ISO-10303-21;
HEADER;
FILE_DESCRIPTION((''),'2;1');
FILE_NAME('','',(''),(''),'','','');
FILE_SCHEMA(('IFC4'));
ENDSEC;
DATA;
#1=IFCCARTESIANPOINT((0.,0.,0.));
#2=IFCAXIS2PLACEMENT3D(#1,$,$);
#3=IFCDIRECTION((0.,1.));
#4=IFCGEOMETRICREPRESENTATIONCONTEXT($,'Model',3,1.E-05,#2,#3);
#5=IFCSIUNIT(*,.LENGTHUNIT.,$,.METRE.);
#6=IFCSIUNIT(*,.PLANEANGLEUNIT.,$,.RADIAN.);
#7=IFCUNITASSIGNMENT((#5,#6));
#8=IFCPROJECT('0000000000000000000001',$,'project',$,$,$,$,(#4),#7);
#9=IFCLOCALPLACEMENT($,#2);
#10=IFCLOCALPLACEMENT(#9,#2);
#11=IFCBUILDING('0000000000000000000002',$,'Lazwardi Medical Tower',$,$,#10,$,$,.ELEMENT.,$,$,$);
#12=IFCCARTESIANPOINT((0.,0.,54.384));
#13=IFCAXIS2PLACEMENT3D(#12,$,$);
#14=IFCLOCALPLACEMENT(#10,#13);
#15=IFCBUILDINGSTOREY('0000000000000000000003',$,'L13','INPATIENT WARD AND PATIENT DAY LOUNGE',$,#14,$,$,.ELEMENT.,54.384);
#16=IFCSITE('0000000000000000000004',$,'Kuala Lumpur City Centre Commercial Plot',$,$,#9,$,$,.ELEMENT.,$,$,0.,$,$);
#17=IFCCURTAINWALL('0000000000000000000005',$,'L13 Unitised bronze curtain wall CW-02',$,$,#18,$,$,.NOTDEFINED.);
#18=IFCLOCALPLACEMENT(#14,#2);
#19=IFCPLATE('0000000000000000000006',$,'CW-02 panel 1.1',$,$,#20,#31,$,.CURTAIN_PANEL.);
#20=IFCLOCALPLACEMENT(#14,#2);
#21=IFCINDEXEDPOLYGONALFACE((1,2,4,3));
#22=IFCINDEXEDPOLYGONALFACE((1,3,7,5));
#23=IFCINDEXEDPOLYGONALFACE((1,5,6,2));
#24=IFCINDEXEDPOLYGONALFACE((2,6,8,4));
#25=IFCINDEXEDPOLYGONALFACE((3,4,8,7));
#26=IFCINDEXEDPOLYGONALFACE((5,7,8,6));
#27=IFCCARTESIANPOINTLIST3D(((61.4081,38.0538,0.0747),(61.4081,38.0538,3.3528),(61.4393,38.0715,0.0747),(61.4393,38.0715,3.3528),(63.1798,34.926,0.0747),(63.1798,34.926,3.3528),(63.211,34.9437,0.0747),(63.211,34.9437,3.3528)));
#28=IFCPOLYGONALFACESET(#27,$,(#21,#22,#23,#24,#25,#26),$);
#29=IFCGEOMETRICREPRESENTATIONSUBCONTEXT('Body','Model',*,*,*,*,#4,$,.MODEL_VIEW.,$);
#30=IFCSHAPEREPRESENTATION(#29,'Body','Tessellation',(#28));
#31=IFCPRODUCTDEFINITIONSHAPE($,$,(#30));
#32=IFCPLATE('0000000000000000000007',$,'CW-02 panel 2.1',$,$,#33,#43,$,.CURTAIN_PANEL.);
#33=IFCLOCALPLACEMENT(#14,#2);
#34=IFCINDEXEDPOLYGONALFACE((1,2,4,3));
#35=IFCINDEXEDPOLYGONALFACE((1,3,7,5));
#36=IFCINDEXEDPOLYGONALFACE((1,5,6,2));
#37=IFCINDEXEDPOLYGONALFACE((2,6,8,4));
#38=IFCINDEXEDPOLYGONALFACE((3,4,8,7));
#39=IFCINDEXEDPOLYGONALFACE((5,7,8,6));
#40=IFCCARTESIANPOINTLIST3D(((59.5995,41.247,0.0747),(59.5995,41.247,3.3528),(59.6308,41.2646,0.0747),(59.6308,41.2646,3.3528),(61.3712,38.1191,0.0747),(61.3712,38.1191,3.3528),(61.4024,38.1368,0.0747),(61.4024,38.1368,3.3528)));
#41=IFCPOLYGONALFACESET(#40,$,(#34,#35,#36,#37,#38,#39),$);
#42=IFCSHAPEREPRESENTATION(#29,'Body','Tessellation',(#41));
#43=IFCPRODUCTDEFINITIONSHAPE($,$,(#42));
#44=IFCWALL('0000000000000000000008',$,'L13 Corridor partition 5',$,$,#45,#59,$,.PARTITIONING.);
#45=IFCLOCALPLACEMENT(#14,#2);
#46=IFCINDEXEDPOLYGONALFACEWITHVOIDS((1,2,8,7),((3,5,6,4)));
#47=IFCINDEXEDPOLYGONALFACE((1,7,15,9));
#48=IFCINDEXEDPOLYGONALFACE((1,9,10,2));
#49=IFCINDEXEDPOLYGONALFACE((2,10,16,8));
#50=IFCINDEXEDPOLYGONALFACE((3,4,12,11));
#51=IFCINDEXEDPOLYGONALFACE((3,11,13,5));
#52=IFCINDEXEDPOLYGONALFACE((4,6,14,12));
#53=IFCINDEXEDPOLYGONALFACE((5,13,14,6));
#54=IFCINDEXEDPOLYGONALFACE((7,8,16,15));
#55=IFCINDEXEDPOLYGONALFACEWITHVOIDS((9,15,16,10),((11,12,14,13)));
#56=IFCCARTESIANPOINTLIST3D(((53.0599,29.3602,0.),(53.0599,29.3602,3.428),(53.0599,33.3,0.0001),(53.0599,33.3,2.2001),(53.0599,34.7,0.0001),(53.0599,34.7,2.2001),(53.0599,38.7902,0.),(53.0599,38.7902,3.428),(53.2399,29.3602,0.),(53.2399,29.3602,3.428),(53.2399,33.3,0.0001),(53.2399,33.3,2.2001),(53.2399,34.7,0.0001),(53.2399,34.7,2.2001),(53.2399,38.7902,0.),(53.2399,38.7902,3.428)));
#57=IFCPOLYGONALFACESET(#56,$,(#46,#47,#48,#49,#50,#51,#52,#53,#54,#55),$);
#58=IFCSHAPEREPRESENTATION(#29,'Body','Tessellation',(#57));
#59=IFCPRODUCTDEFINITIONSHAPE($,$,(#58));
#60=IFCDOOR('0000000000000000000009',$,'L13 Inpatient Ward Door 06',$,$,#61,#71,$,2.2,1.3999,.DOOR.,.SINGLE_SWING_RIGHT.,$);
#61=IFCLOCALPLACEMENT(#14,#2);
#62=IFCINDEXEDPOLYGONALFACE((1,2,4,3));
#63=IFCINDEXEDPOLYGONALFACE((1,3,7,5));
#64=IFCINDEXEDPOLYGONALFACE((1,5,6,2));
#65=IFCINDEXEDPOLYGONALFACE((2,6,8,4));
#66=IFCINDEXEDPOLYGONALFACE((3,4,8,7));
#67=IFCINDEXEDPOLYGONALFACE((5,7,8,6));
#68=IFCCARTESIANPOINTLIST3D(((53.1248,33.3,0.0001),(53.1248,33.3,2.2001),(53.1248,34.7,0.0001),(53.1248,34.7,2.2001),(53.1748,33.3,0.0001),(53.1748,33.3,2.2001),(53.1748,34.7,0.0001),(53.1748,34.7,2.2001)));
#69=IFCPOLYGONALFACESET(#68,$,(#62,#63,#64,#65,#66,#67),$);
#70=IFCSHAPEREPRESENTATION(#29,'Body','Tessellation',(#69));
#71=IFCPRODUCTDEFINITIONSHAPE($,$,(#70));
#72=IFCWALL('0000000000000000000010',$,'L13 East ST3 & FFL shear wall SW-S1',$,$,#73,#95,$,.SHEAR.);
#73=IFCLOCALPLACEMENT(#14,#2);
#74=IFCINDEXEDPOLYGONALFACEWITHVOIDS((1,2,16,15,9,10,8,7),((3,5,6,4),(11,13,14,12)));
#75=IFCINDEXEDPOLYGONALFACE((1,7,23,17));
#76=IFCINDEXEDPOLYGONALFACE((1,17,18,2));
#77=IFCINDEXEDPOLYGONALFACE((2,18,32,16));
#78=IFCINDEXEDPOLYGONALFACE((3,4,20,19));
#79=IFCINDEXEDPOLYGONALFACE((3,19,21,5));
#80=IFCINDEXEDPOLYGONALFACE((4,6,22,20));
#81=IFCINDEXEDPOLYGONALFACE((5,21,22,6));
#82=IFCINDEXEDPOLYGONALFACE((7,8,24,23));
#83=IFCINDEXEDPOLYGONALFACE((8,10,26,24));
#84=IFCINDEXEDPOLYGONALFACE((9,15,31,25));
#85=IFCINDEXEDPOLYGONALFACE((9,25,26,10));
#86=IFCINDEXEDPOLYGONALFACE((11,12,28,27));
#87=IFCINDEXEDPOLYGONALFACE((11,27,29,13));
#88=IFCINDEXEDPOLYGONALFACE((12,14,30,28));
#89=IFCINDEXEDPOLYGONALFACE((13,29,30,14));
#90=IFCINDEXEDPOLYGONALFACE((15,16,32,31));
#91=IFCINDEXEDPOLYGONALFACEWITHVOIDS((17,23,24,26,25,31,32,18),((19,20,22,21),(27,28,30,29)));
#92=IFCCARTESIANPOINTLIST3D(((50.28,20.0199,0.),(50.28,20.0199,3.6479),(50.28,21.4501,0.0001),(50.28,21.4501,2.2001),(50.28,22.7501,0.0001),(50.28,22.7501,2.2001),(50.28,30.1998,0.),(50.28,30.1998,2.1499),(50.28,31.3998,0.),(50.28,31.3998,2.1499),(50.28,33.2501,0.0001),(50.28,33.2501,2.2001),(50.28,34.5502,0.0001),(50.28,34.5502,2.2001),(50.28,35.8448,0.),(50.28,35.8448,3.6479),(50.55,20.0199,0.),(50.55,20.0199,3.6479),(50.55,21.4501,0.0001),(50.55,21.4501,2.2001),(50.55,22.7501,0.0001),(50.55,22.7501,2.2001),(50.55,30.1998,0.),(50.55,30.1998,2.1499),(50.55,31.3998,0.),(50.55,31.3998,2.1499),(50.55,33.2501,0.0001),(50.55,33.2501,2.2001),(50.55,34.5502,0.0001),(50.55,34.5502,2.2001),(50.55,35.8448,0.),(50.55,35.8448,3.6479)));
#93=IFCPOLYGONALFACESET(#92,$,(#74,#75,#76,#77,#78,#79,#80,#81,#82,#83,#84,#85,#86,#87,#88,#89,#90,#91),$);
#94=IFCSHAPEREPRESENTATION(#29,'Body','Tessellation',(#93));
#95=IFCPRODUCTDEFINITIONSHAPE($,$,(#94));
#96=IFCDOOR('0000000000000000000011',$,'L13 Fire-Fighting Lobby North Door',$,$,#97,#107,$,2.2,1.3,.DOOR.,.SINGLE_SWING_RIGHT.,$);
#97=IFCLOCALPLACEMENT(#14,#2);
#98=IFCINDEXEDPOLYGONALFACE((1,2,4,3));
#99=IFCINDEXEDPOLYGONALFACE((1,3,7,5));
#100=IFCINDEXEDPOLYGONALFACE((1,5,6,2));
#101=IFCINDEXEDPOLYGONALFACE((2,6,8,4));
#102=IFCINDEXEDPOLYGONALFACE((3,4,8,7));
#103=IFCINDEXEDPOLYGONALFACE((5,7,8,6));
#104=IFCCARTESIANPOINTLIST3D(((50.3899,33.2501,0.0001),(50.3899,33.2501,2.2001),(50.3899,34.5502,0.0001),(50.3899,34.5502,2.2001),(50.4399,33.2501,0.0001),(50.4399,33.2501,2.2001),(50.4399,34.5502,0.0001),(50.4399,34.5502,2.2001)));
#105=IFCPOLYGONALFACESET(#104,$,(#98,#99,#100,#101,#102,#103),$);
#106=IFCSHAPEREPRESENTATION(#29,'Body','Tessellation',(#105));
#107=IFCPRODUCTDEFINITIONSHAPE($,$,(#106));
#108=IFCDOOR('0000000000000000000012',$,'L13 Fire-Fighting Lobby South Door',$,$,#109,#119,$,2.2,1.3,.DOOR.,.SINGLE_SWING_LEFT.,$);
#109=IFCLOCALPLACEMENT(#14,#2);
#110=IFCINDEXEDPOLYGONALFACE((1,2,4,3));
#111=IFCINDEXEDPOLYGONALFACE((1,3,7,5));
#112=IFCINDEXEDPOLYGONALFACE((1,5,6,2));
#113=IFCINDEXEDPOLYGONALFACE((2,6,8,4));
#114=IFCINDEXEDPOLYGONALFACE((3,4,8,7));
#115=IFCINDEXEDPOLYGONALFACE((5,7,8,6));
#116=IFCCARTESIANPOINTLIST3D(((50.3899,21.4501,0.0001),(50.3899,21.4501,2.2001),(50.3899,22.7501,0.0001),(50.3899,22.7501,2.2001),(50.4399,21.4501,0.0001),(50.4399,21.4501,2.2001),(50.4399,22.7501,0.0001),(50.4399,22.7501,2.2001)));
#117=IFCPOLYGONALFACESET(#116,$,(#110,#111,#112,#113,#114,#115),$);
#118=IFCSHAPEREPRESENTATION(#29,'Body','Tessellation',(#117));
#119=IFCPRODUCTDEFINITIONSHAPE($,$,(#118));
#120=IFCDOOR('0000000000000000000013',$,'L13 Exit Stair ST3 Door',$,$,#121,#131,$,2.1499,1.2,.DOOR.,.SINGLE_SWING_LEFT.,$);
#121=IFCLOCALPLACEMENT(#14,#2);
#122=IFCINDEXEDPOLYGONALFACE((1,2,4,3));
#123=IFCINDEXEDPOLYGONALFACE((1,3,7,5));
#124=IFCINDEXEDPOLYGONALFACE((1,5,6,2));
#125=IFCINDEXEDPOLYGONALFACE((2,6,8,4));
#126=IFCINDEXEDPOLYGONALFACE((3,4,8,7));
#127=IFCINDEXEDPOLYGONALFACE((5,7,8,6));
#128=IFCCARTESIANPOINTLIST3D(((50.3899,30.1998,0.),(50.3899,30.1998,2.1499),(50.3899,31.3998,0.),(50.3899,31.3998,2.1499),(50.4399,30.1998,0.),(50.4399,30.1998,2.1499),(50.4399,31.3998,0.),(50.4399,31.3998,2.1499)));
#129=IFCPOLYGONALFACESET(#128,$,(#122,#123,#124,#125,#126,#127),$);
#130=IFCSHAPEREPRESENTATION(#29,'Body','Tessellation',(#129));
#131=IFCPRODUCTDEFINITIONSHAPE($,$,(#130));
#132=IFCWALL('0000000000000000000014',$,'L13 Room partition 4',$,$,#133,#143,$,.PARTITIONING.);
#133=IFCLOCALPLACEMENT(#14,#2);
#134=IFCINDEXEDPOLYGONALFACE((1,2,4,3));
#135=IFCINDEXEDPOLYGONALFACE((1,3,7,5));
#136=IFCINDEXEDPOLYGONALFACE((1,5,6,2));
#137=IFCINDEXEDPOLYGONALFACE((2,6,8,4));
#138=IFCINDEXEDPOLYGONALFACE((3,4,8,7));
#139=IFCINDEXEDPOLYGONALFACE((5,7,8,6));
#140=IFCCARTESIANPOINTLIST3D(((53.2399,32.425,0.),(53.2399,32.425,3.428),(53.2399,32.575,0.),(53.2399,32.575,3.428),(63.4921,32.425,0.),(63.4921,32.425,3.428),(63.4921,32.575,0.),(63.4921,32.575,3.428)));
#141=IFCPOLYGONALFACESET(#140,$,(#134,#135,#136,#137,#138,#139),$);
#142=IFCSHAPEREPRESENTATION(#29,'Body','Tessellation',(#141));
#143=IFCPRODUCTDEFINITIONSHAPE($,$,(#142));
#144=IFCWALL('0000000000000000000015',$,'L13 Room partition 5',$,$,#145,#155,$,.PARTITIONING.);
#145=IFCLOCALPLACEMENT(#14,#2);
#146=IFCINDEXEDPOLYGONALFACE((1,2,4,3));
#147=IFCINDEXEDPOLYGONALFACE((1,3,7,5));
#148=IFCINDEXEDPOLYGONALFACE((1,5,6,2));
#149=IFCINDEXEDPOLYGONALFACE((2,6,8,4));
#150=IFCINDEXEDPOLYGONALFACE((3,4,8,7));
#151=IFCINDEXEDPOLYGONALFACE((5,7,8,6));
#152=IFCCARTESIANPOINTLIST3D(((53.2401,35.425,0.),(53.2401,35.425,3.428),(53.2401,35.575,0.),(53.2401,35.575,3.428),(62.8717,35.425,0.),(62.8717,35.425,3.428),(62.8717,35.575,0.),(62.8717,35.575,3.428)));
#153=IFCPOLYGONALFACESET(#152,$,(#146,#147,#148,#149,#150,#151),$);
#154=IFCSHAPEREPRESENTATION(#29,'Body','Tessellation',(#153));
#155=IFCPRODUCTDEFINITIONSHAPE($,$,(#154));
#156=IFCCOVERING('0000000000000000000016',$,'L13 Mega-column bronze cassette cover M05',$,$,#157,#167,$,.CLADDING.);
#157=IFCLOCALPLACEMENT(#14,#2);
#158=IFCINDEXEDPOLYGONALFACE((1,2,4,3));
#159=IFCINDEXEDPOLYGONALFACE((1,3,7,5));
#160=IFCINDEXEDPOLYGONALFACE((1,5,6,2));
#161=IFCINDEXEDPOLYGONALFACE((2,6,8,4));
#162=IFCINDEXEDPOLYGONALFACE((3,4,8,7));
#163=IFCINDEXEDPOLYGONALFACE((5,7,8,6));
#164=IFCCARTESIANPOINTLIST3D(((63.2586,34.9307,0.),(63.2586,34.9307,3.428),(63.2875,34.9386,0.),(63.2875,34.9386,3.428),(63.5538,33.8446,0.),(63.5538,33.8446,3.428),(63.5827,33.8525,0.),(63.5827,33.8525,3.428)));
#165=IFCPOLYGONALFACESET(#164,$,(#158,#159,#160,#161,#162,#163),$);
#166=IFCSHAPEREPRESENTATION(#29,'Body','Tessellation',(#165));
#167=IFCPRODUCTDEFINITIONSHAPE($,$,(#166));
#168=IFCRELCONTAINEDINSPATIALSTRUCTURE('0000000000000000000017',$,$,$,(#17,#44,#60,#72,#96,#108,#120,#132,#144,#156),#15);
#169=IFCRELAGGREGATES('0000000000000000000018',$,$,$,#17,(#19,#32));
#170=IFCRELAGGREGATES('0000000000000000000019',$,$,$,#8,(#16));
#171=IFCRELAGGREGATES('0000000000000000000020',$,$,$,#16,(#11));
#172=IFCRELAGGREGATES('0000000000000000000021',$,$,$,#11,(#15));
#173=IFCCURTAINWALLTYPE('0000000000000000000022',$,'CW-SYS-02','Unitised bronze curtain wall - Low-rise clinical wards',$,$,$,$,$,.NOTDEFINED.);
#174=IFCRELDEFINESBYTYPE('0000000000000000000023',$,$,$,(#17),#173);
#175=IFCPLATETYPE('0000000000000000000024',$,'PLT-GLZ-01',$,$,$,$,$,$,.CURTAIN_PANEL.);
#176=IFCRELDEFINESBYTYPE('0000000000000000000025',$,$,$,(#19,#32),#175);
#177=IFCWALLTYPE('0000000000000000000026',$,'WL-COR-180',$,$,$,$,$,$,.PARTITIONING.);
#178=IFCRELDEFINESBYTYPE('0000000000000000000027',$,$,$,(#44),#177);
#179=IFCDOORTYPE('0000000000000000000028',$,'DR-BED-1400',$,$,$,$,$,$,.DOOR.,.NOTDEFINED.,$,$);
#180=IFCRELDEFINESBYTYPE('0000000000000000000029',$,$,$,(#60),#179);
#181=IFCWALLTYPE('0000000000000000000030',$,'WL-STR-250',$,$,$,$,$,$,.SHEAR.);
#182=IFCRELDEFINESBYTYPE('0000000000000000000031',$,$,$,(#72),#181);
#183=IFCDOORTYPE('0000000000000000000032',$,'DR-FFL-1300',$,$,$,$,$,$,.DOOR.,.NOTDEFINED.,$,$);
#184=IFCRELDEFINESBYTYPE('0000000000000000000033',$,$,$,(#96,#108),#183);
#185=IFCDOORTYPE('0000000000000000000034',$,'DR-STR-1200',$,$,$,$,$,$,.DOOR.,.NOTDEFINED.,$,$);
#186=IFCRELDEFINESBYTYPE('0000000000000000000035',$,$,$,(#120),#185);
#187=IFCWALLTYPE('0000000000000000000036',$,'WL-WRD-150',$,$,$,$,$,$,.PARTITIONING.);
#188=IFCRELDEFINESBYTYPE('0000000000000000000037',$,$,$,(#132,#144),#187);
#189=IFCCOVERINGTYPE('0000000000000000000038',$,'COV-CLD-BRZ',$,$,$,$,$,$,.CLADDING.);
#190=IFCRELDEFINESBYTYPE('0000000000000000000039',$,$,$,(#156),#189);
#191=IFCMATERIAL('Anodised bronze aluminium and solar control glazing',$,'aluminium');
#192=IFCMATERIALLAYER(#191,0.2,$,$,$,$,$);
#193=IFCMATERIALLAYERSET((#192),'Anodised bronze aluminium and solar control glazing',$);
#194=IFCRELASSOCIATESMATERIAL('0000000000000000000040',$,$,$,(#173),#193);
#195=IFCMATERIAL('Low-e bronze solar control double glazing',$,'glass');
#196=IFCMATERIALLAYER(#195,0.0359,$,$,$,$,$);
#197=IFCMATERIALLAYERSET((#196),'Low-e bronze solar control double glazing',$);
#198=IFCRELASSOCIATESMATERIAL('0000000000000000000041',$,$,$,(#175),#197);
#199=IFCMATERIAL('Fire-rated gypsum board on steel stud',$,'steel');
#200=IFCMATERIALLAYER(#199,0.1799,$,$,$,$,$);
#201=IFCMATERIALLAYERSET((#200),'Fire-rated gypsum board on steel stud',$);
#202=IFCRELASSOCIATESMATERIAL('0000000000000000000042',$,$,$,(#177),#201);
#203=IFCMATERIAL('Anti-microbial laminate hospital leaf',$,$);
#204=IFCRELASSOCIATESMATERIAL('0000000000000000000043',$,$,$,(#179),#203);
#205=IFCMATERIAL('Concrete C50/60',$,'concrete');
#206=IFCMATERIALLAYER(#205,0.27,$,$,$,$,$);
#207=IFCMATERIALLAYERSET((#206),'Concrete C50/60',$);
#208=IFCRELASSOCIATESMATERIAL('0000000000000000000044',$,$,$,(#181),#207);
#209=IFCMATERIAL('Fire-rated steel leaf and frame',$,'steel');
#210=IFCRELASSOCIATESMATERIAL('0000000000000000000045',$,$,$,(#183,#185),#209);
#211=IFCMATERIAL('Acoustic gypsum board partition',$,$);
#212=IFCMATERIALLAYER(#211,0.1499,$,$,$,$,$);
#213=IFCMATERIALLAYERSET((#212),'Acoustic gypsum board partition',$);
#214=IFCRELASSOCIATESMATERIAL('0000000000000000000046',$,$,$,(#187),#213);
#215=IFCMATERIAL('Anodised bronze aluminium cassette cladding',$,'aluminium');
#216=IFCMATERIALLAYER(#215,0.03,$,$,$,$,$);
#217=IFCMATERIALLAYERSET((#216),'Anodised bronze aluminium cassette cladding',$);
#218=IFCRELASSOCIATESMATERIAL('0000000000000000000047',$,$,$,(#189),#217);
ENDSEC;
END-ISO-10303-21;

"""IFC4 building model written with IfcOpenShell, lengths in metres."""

from ifc_helpers import new_model, si_unit, direction, frame, frame_2d, origin, origin_2d, place, context, subcontext, project, spatial, rectangle, extrude, material, layer, layer_set, type_object, element, fill, aggregate, save


model = new_model("IFC4")

# Units and contexts
model_context = context("Model", 3, precision=1e-05, world=origin(), true_north=direction((0.0, 1.0)))
body_context = subcontext(model_context, "Body", "Model", "MODEL_VIEW")
ifc_project = project(units=[si_unit("LENGTHUNIT", "METRE"), si_unit("PLANEANGLEUNIT", "RADIAN")], contexts=[model_context])

# Site, building, storey
site_placement = place(None, origin())
site = spatial("IfcSite", under=ifc_project, at=site_placement, Name="Kuala Lumpur City Centre Commercial Plot", CompositionType="ELEMENT", RefElevation=0.0)
building_placement = place(site_placement, origin())
building = spatial("IfcBuilding", under=site, at=building_placement, Name="Lazwardi Medical Tower", CompositionType="ELEMENT")
storey_placement = place(building_placement, frame((0.0, 0.0, 54.384)))
storey = spatial("IfcBuildingStorey", under=building, at=storey_placement, Name="L13", Description="INPATIENT WARD AND PATIENT DAY LOUNGE", CompositionType="ELEMENT", Elevation=54.384)

# Shared definitions
ifc_material_1 = material(Name="Anodised bronze aluminium and solar control glazing", Category="aluminium")
ifc_layer_1 = layer(ifc_material_1, 0.2)
ifc_layer_set_1 = layer_set([ifc_layer_1], Name="Anodised bronze aluminium and solar control glazing")
curtain_wall_type = type_object("IfcCurtainWallType", Name="CW-SYS-02", Description="Unitised bronze curtain wall - Low-rise clinical wards", PredefinedType="NOTDEFINED", material=ifc_layer_set_1)

# Curtain wall
curtain_wall_1_placement = place(storey_placement, origin())
curtain_wall_1 = element("IfcCurtainWall", 1, at=curtain_wall_1_placement, inside=storey, type_object=curtain_wall_type, Name="L13 Unitised bronze curtain wall CW-02", PredefinedType="NOTDEFINED")

# Plates
ifc_material_2 = material(Name="Low-e bronze solar control double glazing", Category="glass")
ifc_layer_2 = layer(ifc_material_2, 0.0359)
ifc_layer_set_2 = layer_set([ifc_layer_2], Name="Low-e bronze solar control double glazing")
plate_type = type_object("IfcPlateType", Name="PLT-GLZ-01", PredefinedType="CURTAIN_PANEL", material=ifc_layer_set_2)
plate_1_placement = place(storey_placement, frame((62.3096, 36.4988, 0.0747), z_axis=(0.0, 0.0, 1.0), x_axis=(-0.492854, 0.870112, 0.0)))
plate_1 = element("IfcPlate", 2, at=plate_1_placement, type_object=plate_type, Name="CW-02 panel 1.1", PredefinedType="CURTAIN_PANEL", context=body_context, shape_type="SweptSolid", body=[
    extrude(rectangle(XDim=3.5947, YDim=0.0359, at=origin_2d()), origin(), (0.0, 0.0, 1.0), 3.2781),
])
plate_2_placement = place(storey_placement, frame((60.501, 39.6919, 0.0747), z_axis=(0.0, 0.0, 1.0), x_axis=(-0.492854, 0.870112, 0.0)))
plate_2 = element("IfcPlate", 3, at=plate_2_placement, type_object=plate_type, Name="CW-02 panel 2.1", PredefinedType="CURTAIN_PANEL", context=body_context, shape_type="SweptSolid", body=[
    extrude(rectangle(XDim=3.5947, YDim=0.0359, at=origin_2d()), origin(), (0.0, 0.0, 1.0), 3.2781),
])
aggregate(curtain_wall_1, [plate_1, plate_2])

# Wall, opening, door
ifc_material_3 = material(Name="Fire-rated gypsum board on steel stud", Category="steel")
ifc_layer_3 = layer(ifc_material_3, 0.1799)
ifc_layer_set_3 = layer_set([ifc_layer_3], Name="Fire-rated gypsum board on steel stud")
wall_type_1 = type_object("IfcWallType", Name="WL-COR-180", PredefinedType="PARTITIONING", material=ifc_layer_set_3)
wall_1_placement = place(storey_placement, frame((53.1499, 38.79, 0.0), z_axis=(0.0, 0.0, 1.0), x_axis=(0.0, -1.0, 0.0)))
wall_1 = element("IfcWall", 4, at=wall_1_placement, inside=storey, type_object=wall_type_1, Name="L13 Corridor partition 5", PredefinedType="PARTITIONING", context=body_context, shape_type="SweptSolid", body=[
    extrude(rectangle(XDim=9.4299, YDim=0.1799, at=frame_2d((4.7148, 0.0))), origin(), (0.0, 0.0, 1.0), 3.428),
])
opening_1_placement = place(wall_1_placement, frame((4.0901, 0.0, 0.0)))
opening_1 = element("IfcOpeningElement", 5, at=opening_1_placement, cuts=wall_1, PredefinedType="OPENING", context=body_context, shape_type="SweptSolid", body=[
    extrude(rectangle(XDim=1.3999, YDim=2.2, at=frame_2d((0.7, 1.1001))), frame((0.0, 0.0999, 0.0), z_axis=(0.0, -1.0, 0.0), x_axis=(1.0, 0.0, 0.0)), (0.0, 0.0, 1.0), 0.2),
])
ifc_material_4 = material(Name="Anti-microbial laminate hospital leaf")
door_type_1 = type_object("IfcDoorType", Name="DR-BED-1400", OperationType="NOTDEFINED", PredefinedType="DOOR", material=ifc_material_4)
door_1_placement = place(opening_1_placement, origin())
door_1 = element("IfcDoor", 6, at=door_1_placement, inside=storey, type_object=door_type_1, Name="L13 Inpatient Ward Door 06", OperationType="SINGLE_SWING_RIGHT", OverallHeight=2.2, OverallWidth=1.3999, PredefinedType="DOOR", context=body_context, shape_type="SweptSolid", body=[
    extrude(rectangle(XDim=1.3999, YDim=2.2, at=frame_2d((0.7, 1.1001))), frame((0.0, 0.0249, 0.0), z_axis=(0.0, -1.0, 0.0), x_axis=(1.0, 0.0, 0.0)), (0.0, 0.0, 1.0), 0.05),
])
fill(opening_1, door_1)

# Wall, openings, doors
ifc_material_5 = material(Name="Concrete C50/60", Category="concrete")
ifc_layer_4 = layer(ifc_material_5, 0.27)
ifc_layer_set_4 = layer_set([ifc_layer_4], Name="Concrete C50/60")
wall_type_2 = type_object("IfcWallType", Name="WL-STR-250", PredefinedType="SHEAR", material=ifc_layer_set_4)
wall_2_placement = place(storey_placement, frame((50.415, 35.845, 0.0), z_axis=(0.0, 0.0, 1.0), x_axis=(0.0, -1.0, 0.0)))
wall_2 = element("IfcWall", 7, at=wall_2_placement, inside=storey, type_object=wall_type_2, Name="L13 East ST3 & FFL shear wall SW-S1", PredefinedType="SHEAR", context=body_context, shape_type="SweptSolid", body=[
    extrude(rectangle(XDim=15.825, YDim=0.27, at=frame_2d((7.9126, 0.0))), origin(), (0.0, 0.0, 1.0), 3.6479),
])
opening_2_placement = place(wall_2_placement, frame((4.4451, 0.0, 0.0)))
opening_2 = element("IfcOpeningElement", 8, at=opening_2_placement, cuts=wall_2, PredefinedType="OPENING", context=body_context, shape_type="SweptSolid", body=[
    extrude(rectangle(XDim=1.2, YDim=2.1499, at=frame_2d((0.6001, 1.075))), frame((0.0, 0.145, 0.0), z_axis=(0.0, -1.0, 0.0), x_axis=(1.0, 0.0, 0.0)), (0.0, 0.0, 1.0), 0.29),
])
opening_3_placement = place(wall_2_placement, frame((1.2949, 0.0, 0.0)))
opening_3 = element("IfcOpeningElement", 9, at=opening_3_placement, cuts=wall_2, PredefinedType="OPENING", context=body_context, shape_type="SweptSolid", body=[
    extrude(rectangle(XDim=1.3, YDim=2.2, at=frame_2d((0.6499, 1.1001))), frame((0.0, 0.145, 0.0), z_axis=(0.0, -1.0, 0.0), x_axis=(1.0, 0.0, 0.0)), (0.0, 0.0, 1.0), 0.29),
])
opening_4_placement = place(wall_2_placement, frame((13.095, 0.0, 0.0)))
opening_4 = element("IfcOpeningElement", 10, at=opening_4_placement, cuts=wall_2, PredefinedType="OPENING", context=body_context, shape_type="SweptSolid", body=[
    extrude(rectangle(XDim=1.3, YDim=2.2, at=frame_2d((0.6499, 1.1001))), frame((0.0, 0.145, 0.0), z_axis=(0.0, -1.0, 0.0), x_axis=(1.0, 0.0, 0.0)), (0.0, 0.0, 1.0), 0.29),
])
ifc_material_6 = material(Name="Fire-rated steel leaf and frame", Category="steel")
door_type_2 = type_object("IfcDoorType", Name="DR-FFL-1300", OperationType="NOTDEFINED", PredefinedType="DOOR", material=ifc_material_6)
door_2_placement = place(opening_3_placement, origin())
door_2 = element("IfcDoor", 11, at=door_2_placement, inside=storey, type_object=door_type_2, Name="L13 Fire-Fighting Lobby North Door", OperationType="SINGLE_SWING_RIGHT", OverallHeight=2.2, OverallWidth=1.3, PredefinedType="DOOR", context=body_context, shape_type="SweptSolid", body=[
    extrude(rectangle(XDim=1.3, YDim=2.2, at=frame_2d((0.6499, 1.1001))), frame((0.0, 0.0249, 0.0), z_axis=(0.0, -1.0, 0.0), x_axis=(1.0, 0.0, 0.0)), (0.0, 0.0, 1.0), 0.05),
])
fill(opening_3, door_2)
door_3_placement = place(opening_4_placement, origin())
door_3 = element("IfcDoor", 12, at=door_3_placement, inside=storey, type_object=door_type_2, Name="L13 Fire-Fighting Lobby South Door", OperationType="SINGLE_SWING_LEFT", OverallHeight=2.2, OverallWidth=1.3, PredefinedType="DOOR", context=body_context, shape_type="SweptSolid", body=[
    extrude(rectangle(XDim=1.3, YDim=2.2, at=frame_2d((0.6499, 1.1001))), frame((0.0, 0.0249, 0.0), z_axis=(0.0, -1.0, 0.0), x_axis=(1.0, 0.0, 0.0)), (0.0, 0.0, 1.0), 0.05),
])
fill(opening_4, door_3)
door_type_3 = type_object("IfcDoorType", Name="DR-STR-1200", OperationType="NOTDEFINED", PredefinedType="DOOR", material=ifc_material_6)
door_4_placement = place(opening_2_placement, origin())
door_4 = element("IfcDoor", 13, at=door_4_placement, inside=storey, type_object=door_type_3, Name="L13 Exit Stair ST3 Door", OperationType="SINGLE_SWING_LEFT", OverallHeight=2.1499, OverallWidth=1.2, PredefinedType="DOOR", context=body_context, shape_type="SweptSolid", body=[
    extrude(rectangle(XDim=1.2, YDim=2.1499, at=frame_2d((0.6001, 1.075))), frame((0.0, 0.0249, 0.0), z_axis=(0.0, -1.0, 0.0), x_axis=(1.0, 0.0, 0.0)), (0.0, 0.0, 1.0), 0.05),
])
fill(opening_2, door_4)

# Walls
ifc_material_7 = material(Name="Acoustic gypsum board partition")
ifc_layer_5 = layer(ifc_material_7, 0.1499)
ifc_layer_set_5 = layer_set([ifc_layer_5], Name="Acoustic gypsum board partition")
wall_type_3 = type_object("IfcWallType", Name="WL-WRD-150", PredefinedType="PARTITIONING", material=ifc_layer_set_5)
wall_3_placement = place(storey_placement, frame((53.24, 32.5, 0.0), z_axis=(0.0, 0.0, 1.0), x_axis=(1.0, 0.0, 0.0)))
element("IfcWall", 14, at=wall_3_placement, inside=storey, type_object=wall_type_3, Name="L13 Room partition 4", PredefinedType="PARTITIONING", context=body_context, shape_type="SweptSolid", body=[
    extrude(rectangle(XDim=10.2522, YDim=0.1499, at=frame_2d((5.126, 0.0))), origin(), (0.0, 0.0, 1.0), 3.428),
])
wall_4_placement = place(storey_placement, frame((53.24, 35.5, 0.0), z_axis=(0.0, 0.0, 1.0), x_axis=(1.0, 0.0, 0.0)))
element("IfcWall", 15, at=wall_4_placement, inside=storey, type_object=wall_type_3, Name="L13 Room partition 5", PredefinedType="PARTITIONING", context=body_context, shape_type="SweptSolid", body=[
    extrude(rectangle(XDim=9.6316, YDim=0.1499, at=frame_2d((4.8159, 0.0))), origin(), (0.0, 0.0, 1.0), 3.428),
])

# Covering
ifc_material_8 = material(Name="Anodised bronze aluminium cassette cladding", Category="aluminium")
ifc_layer_6 = layer(ifc_material_8, 0.03)
ifc_layer_set_6 = layer_set([ifc_layer_6], Name="Anodised bronze aluminium cassette cladding")
covering_type = type_object("IfcCoveringType", Name="COV-CLD-BRZ", PredefinedType="CLADDING", material=ifc_layer_set_6)
covering_placement = place(storey_placement, frame((63.4207, 34.3916, 0.0), z_axis=(0.0, 0.0, 1.0), x_axis=(-0.262283, 0.964991, 0.0)))
element("IfcCovering", 16, at=covering_placement, inside=storey, type_object=covering_type, Name="L13 Mega-column bronze cassette cover M05", PredefinedType="CLADDING", context=body_context, shape_type="SweptSolid", body=[
    extrude(rectangle(XDim=1.1255, YDim=0.03, at=origin_2d()), origin(), (0.0, 0.0, 1.0), 3.428),
])

save(model, "model.ifc")
